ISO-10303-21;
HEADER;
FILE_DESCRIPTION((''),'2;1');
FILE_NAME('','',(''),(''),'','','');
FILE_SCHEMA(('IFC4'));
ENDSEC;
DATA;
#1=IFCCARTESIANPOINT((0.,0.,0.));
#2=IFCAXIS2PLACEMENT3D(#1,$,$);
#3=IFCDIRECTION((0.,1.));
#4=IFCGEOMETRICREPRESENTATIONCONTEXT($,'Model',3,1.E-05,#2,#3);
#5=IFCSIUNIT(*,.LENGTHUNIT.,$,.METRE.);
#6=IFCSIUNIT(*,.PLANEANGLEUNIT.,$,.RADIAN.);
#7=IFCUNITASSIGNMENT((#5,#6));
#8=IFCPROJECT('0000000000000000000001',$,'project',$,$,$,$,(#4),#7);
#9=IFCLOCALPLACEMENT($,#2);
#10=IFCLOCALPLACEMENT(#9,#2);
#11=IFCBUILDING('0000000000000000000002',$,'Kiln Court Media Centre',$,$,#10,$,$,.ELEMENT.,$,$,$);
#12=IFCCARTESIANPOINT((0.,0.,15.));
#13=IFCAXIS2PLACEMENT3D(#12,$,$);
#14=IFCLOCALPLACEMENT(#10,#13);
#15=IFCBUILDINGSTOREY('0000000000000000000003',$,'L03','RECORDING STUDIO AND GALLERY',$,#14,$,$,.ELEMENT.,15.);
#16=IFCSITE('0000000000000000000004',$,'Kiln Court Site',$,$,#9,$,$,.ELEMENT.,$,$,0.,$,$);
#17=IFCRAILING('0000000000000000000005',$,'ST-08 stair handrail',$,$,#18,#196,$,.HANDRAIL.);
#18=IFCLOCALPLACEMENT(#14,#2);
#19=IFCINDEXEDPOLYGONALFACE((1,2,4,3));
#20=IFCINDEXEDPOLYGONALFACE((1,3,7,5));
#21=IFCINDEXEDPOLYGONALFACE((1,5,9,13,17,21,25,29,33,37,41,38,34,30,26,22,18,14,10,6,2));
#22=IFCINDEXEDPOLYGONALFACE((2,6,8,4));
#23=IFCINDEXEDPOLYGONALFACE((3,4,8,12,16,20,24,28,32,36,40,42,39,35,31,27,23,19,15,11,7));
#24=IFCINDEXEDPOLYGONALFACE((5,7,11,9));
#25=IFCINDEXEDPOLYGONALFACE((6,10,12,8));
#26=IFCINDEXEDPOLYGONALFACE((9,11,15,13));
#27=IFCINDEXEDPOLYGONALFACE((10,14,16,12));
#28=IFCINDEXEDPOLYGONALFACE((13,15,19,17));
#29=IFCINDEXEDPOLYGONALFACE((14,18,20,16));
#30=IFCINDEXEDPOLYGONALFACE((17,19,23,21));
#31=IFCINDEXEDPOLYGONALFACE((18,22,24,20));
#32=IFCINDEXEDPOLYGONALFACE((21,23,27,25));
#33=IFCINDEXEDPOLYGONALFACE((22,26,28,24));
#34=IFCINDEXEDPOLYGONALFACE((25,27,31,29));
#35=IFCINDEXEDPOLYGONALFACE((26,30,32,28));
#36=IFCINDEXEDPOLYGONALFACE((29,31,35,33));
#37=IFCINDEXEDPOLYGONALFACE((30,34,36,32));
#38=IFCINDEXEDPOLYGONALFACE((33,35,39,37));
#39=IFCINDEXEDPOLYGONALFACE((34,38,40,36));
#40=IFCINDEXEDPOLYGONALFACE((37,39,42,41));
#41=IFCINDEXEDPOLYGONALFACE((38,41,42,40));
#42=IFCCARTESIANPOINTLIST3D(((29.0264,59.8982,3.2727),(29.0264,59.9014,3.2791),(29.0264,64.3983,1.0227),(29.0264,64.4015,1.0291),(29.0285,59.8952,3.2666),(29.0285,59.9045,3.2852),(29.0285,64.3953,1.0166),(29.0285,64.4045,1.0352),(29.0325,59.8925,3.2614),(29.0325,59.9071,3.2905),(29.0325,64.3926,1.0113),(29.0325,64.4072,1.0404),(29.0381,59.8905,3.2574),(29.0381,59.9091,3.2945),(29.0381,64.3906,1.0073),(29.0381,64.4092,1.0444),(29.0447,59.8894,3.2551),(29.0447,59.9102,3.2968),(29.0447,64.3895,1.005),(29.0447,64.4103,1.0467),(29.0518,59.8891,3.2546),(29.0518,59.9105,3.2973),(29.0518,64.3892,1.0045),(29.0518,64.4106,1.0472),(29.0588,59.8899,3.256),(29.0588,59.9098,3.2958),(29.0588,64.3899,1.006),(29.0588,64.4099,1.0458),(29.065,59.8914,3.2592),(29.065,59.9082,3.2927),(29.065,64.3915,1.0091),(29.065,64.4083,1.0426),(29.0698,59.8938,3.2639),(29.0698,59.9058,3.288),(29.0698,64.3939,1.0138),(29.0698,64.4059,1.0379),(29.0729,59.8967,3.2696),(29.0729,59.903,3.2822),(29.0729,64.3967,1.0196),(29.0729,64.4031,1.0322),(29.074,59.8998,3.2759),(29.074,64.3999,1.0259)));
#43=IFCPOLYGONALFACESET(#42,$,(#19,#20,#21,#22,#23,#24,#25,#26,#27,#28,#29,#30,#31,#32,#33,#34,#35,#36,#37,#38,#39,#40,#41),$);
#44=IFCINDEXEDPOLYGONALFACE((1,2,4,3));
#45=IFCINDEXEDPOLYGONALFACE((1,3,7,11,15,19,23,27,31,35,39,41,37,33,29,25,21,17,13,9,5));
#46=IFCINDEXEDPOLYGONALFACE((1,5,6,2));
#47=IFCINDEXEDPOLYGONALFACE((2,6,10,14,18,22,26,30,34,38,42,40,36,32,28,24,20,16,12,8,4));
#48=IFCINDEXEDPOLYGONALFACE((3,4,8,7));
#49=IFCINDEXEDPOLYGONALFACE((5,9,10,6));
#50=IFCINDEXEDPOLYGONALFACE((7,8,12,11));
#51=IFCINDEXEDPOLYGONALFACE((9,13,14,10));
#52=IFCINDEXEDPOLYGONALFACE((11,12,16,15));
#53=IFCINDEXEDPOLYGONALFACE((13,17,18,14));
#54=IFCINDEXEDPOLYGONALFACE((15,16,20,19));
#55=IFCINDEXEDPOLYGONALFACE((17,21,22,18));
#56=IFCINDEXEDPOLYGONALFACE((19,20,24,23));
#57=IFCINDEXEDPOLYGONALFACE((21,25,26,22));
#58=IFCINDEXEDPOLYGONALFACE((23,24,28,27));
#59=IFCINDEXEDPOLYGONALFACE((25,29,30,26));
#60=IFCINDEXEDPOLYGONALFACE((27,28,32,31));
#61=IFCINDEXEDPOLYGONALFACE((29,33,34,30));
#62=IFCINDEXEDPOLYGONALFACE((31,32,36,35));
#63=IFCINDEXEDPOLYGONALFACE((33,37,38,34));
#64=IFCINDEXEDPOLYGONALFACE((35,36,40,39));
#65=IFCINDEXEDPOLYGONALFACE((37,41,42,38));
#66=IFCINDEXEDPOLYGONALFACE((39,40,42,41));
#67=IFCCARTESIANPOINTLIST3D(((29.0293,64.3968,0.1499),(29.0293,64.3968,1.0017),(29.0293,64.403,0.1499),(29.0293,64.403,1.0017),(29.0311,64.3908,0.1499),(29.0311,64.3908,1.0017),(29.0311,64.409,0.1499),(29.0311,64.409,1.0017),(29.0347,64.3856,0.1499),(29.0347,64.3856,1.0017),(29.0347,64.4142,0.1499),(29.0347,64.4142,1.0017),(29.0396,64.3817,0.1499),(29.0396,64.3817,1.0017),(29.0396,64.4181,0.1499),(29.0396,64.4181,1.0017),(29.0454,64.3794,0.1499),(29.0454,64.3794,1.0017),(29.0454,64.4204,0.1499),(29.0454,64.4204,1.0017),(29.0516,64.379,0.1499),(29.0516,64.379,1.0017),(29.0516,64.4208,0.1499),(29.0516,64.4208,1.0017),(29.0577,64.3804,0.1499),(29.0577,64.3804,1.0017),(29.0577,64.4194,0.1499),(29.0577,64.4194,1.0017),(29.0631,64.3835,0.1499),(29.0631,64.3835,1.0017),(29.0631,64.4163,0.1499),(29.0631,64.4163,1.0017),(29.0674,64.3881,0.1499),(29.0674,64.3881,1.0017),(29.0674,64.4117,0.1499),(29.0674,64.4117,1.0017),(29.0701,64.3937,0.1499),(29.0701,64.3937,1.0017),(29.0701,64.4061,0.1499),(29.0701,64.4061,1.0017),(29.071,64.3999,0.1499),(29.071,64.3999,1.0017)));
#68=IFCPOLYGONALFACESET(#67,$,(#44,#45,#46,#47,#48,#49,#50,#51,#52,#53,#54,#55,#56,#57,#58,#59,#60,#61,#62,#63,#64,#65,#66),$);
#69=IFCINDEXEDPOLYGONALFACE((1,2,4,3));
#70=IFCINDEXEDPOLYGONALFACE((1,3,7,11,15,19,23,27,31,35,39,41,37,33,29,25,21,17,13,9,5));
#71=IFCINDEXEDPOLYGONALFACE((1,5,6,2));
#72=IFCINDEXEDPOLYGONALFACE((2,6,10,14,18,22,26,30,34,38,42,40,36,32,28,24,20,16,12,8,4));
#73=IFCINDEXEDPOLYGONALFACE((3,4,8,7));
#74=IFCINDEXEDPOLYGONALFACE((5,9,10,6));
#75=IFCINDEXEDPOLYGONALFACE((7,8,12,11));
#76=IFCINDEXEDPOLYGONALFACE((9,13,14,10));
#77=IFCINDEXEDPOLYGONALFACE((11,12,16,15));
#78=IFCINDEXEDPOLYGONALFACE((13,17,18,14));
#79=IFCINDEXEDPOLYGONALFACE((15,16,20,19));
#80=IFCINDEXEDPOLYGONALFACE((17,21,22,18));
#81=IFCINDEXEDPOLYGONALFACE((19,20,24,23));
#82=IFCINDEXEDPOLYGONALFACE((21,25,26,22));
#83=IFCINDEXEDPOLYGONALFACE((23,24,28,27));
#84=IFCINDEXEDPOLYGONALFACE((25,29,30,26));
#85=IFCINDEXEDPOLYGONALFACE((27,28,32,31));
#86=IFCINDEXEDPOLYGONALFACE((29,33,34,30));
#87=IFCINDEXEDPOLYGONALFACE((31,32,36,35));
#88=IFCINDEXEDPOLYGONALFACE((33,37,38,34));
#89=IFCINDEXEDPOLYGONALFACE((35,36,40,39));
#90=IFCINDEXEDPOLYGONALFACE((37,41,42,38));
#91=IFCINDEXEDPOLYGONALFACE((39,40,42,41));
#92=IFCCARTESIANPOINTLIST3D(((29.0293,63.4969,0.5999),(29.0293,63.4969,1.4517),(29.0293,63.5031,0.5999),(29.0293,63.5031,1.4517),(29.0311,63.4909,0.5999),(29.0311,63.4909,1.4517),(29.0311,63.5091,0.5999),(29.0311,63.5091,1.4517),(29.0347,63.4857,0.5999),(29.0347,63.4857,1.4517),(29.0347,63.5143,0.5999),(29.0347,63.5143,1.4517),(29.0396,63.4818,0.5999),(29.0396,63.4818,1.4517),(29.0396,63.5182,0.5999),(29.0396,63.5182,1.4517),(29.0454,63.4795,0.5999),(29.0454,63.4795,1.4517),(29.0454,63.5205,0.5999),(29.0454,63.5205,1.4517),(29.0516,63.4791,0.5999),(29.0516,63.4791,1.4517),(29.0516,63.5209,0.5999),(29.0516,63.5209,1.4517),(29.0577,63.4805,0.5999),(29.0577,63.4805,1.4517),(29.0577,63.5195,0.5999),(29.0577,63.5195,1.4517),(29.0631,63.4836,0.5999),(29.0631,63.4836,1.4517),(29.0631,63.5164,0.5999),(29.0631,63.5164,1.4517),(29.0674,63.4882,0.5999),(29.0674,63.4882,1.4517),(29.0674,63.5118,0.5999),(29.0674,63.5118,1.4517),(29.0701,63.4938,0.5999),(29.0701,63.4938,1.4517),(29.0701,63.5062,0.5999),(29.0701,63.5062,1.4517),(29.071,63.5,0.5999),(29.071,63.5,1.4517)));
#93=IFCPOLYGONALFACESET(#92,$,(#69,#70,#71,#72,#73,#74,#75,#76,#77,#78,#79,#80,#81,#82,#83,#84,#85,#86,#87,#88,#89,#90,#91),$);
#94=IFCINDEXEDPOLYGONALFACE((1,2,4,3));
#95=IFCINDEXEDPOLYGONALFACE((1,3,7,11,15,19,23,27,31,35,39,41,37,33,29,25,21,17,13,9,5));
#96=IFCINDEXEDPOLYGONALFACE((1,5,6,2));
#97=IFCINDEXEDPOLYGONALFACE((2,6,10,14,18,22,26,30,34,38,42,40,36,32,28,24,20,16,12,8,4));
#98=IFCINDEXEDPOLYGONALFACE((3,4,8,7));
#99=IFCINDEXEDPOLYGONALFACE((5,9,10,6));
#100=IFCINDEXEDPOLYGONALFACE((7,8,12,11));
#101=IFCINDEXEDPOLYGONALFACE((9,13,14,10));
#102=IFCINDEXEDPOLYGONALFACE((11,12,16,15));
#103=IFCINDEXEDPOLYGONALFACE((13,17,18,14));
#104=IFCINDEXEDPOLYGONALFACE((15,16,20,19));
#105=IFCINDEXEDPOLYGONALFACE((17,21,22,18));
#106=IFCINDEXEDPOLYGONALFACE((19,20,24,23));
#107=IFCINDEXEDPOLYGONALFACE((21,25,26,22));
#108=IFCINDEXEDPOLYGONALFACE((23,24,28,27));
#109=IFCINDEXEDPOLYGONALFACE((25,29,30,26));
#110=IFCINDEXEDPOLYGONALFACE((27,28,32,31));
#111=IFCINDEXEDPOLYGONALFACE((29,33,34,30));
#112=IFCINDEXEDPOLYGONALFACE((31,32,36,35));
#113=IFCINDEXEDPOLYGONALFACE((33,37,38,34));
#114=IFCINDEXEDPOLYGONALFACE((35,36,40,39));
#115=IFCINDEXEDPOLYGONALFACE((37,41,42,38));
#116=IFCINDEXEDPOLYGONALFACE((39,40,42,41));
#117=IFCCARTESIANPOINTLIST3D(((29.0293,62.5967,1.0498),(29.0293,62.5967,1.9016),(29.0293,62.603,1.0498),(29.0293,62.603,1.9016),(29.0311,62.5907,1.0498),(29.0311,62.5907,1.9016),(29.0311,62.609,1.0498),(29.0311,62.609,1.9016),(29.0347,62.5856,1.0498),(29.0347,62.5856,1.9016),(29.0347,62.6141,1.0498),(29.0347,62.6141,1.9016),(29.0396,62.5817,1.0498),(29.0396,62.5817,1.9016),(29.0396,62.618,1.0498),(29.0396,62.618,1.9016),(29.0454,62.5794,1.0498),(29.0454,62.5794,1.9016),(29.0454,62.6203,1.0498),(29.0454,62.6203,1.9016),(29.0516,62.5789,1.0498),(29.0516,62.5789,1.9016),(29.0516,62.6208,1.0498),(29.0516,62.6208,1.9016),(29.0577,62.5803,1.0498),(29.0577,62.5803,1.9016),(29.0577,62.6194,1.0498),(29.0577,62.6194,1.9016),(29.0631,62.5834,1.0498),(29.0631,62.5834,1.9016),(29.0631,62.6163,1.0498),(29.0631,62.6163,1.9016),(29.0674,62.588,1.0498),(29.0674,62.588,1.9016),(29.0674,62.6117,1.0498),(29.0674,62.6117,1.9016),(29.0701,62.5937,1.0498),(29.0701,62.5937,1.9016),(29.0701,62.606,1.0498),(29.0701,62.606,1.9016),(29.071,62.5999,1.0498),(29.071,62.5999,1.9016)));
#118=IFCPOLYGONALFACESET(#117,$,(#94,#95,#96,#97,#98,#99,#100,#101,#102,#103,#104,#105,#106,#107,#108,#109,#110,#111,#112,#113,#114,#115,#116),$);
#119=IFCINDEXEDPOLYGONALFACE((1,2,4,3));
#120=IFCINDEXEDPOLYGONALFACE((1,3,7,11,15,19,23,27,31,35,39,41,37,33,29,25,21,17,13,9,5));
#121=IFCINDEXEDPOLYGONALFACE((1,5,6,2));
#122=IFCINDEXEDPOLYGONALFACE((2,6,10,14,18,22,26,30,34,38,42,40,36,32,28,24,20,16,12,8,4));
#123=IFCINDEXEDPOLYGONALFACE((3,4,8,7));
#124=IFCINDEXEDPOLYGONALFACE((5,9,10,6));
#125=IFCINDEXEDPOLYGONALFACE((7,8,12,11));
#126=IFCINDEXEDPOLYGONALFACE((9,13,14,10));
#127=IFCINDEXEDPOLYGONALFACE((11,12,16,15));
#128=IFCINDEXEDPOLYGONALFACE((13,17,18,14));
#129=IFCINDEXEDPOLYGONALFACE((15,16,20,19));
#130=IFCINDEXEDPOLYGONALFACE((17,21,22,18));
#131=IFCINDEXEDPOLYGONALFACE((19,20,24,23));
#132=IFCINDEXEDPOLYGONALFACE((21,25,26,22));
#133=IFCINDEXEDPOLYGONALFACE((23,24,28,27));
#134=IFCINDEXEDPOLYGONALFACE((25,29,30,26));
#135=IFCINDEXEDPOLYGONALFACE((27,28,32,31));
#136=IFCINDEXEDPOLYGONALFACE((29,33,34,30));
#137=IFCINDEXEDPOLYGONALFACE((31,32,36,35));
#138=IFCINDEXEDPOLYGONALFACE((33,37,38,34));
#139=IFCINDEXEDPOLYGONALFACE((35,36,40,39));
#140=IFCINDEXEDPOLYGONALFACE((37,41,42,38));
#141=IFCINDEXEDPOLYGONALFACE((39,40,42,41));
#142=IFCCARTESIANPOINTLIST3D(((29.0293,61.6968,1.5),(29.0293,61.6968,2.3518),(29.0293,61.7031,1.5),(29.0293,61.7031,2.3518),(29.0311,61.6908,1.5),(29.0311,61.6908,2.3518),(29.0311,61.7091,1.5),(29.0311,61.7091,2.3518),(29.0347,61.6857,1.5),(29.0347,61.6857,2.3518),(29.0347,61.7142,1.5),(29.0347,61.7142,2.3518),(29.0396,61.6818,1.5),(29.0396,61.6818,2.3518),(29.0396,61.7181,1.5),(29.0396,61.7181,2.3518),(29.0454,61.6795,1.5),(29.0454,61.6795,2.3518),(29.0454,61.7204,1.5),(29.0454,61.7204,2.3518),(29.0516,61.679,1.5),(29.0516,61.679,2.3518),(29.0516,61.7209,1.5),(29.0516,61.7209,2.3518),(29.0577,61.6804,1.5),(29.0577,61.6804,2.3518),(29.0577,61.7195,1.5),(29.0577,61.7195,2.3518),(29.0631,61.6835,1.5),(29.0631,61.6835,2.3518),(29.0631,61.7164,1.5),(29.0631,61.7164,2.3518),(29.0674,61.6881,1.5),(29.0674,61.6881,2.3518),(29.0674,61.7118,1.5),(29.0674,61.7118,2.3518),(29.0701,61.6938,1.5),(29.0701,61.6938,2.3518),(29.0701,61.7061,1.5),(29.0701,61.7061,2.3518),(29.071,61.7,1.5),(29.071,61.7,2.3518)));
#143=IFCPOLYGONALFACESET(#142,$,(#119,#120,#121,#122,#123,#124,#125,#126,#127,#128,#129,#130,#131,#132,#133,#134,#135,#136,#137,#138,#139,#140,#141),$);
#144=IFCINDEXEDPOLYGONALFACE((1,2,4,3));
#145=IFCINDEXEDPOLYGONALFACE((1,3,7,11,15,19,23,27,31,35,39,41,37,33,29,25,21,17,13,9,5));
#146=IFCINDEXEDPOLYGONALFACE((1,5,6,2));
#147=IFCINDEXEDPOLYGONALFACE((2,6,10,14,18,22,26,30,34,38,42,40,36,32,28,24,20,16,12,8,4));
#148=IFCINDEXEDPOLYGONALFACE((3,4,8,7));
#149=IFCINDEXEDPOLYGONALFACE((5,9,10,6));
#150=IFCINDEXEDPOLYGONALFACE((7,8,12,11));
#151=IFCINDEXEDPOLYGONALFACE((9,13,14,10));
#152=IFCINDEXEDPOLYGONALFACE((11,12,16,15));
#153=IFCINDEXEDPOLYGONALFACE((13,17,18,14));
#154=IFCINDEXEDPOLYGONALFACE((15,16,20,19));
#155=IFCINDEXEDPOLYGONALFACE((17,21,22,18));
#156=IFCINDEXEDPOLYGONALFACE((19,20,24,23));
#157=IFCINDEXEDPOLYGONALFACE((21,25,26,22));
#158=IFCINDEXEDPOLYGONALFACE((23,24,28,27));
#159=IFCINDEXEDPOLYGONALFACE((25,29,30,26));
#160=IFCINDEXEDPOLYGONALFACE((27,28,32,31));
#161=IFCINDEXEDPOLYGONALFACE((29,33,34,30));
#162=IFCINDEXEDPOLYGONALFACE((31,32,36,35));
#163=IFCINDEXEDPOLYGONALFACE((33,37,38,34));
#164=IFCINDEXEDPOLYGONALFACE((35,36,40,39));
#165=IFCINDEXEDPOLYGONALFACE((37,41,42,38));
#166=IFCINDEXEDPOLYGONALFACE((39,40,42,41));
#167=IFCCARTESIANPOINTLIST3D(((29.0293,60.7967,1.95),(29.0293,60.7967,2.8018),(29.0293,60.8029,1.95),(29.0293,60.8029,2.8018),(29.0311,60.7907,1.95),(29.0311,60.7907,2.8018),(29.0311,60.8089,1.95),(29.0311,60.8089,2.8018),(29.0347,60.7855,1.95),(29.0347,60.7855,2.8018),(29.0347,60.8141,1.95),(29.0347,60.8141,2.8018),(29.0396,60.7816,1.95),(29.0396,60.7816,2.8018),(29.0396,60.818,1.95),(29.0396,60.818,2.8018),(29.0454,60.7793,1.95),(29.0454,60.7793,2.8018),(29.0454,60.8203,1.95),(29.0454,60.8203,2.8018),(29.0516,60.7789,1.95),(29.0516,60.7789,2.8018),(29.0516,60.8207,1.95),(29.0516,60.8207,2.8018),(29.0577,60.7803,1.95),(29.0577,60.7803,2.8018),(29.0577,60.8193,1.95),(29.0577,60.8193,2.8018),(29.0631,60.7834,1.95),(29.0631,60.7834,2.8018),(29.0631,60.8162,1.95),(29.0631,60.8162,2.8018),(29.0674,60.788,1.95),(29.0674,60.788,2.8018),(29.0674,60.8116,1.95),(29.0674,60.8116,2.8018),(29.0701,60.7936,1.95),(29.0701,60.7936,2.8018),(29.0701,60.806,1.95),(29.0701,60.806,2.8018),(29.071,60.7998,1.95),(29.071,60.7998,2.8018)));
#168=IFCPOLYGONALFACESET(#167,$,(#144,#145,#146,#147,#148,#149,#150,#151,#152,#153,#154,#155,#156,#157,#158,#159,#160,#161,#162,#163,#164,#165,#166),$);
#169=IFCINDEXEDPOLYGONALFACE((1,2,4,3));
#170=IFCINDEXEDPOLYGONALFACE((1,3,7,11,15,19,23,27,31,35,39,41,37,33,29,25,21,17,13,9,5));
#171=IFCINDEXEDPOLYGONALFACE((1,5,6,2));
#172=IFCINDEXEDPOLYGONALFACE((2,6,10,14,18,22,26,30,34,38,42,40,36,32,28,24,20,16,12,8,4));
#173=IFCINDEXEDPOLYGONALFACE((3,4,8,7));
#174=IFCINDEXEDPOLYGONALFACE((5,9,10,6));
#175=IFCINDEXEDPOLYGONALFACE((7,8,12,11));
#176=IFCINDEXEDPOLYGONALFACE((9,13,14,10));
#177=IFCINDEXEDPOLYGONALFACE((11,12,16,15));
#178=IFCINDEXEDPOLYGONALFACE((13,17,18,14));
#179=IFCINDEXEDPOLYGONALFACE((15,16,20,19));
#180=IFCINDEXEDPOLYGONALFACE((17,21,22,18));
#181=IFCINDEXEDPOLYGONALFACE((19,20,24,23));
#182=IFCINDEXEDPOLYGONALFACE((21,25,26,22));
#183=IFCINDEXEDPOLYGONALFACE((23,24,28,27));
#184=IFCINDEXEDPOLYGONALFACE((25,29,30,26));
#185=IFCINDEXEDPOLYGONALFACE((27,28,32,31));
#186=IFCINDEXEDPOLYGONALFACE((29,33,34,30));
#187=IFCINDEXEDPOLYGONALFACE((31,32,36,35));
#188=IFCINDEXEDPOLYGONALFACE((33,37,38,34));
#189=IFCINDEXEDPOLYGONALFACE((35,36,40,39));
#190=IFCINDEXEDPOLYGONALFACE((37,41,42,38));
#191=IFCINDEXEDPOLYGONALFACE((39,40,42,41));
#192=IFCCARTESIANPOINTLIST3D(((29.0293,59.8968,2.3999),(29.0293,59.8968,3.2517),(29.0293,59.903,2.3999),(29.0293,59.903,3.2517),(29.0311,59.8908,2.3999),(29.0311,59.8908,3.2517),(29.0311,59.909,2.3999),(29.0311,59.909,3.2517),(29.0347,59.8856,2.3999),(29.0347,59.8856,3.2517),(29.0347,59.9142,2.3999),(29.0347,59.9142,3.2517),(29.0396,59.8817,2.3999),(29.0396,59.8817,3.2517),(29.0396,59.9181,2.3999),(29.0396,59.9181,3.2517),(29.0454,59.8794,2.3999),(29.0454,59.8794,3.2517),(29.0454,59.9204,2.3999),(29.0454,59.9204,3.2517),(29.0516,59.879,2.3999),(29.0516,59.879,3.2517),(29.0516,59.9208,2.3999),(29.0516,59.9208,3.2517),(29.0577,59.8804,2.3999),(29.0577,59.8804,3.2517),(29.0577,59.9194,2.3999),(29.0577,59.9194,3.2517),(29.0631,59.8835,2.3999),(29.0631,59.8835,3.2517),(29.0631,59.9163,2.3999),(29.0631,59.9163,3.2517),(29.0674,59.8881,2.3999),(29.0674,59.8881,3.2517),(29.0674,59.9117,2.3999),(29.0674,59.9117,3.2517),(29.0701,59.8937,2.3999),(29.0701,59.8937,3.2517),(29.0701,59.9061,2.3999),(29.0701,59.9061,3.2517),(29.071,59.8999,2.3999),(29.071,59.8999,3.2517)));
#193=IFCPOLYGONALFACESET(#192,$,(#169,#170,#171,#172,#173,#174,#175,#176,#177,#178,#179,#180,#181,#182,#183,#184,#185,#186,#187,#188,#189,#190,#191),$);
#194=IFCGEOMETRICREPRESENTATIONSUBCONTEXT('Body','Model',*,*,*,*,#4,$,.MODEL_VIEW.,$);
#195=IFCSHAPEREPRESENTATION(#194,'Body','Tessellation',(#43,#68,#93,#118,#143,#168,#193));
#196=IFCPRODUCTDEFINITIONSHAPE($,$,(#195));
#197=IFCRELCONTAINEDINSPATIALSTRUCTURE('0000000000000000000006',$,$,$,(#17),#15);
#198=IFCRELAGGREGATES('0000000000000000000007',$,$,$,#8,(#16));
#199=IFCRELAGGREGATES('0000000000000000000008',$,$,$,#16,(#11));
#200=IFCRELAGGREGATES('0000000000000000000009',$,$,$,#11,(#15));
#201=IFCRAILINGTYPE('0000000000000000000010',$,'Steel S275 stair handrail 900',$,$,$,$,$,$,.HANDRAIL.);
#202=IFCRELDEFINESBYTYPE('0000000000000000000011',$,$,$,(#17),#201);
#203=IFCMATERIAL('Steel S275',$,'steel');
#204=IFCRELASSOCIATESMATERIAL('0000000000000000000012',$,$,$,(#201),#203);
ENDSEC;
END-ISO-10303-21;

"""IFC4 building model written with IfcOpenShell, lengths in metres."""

from ifc_helpers import new_model, si_unit, direction, frame, origin, origin_2d, place, context, subcontext, project, spatial, circle, extrude, material, type_object, element, save


model = new_model("IFC4")

# Units and contexts
model_context = context("Model", 3, precision=1e-05, world=origin(), true_north=direction((0.0, 1.0)))
body_context = subcontext(model_context, "Body", "Model", "MODEL_VIEW")
ifc_project = project(units=[si_unit("LENGTHUNIT", "METRE"), si_unit("PLANEANGLEUNIT", "RADIAN")], contexts=[model_context])

# Site, building, storey
site_placement = place(None, origin())
site = spatial("IfcSite", under=ifc_project, at=site_placement, Name="Kiln Court Site", CompositionType="ELEMENT", RefElevation=0.0)
building_placement = place(site_placement, origin())
building = spatial("IfcBuilding", under=site, at=building_placement, Name="Kiln Court Media Centre", CompositionType="ELEMENT")
storey_placement = place(building_placement, frame((0.0, 0.0, 15.0)))
storey = spatial("IfcBuildingStorey", under=building, at=storey_placement, Name="L03", Description="RECORDING STUDIO AND GALLERY", CompositionType="ELEMENT", Elevation=15.0)

# Railing
ifc_material_1 = material(Name="Steel S275", Category="steel")
railing_type_1 = type_object("IfcRailingType", Name="Steel S275 stair handrail 900", PredefinedType="HANDRAIL", material=ifc_material_1)
railing_1_placement = place(storey_placement, frame((29.05, 64.3999, 0.1499)))
element("IfcRailing", 1, at=railing_1_placement, inside=storey, type_object=railing_type_1, Name="ST-08 stair handrail", PredefinedType="HANDRAIL", context=body_context, shape_type="SweptSolid", body=[
    extrude(circle(Radius=0.0239, at=origin_2d()), frame((0.0, 0.0, 0.876), z_axis=(0.0, -0.894427, 0.447214), x_axis=(1.0, 0.0, 0.0)), (0.0, 0.0, 1.0), 5.0312),
    extrude(circle(Radius=0.021, at=origin_2d()), origin(), (0.0, 0.0, 1.0), 0.8518),
    extrude(circle(Radius=0.021, at=origin_2d()), frame((0.0, -0.8999, 0.45)), (0.0, 0.0, 1.0), 0.8518),
    extrude(circle(Radius=0.021, at=origin_2d()), frame((0.0, -1.8, 0.8999)), (0.0, 0.0, 1.0), 0.8518),
    extrude(circle(Radius=0.021, at=origin_2d()), frame((0.0, -2.7, 1.3501)), (0.0, 0.0, 1.0), 0.8518),
    extrude(circle(Radius=0.021, at=origin_2d()), frame((0.0, -3.6001, 1.8)), (0.0, 0.0, 1.0), 0.8518),
    extrude(circle(Radius=0.021, at=origin_2d()), frame((0.0, -4.5, 2.25)), (0.0, 0.0, 1.0), 0.8518),
])

save(model, "model.ifc")
